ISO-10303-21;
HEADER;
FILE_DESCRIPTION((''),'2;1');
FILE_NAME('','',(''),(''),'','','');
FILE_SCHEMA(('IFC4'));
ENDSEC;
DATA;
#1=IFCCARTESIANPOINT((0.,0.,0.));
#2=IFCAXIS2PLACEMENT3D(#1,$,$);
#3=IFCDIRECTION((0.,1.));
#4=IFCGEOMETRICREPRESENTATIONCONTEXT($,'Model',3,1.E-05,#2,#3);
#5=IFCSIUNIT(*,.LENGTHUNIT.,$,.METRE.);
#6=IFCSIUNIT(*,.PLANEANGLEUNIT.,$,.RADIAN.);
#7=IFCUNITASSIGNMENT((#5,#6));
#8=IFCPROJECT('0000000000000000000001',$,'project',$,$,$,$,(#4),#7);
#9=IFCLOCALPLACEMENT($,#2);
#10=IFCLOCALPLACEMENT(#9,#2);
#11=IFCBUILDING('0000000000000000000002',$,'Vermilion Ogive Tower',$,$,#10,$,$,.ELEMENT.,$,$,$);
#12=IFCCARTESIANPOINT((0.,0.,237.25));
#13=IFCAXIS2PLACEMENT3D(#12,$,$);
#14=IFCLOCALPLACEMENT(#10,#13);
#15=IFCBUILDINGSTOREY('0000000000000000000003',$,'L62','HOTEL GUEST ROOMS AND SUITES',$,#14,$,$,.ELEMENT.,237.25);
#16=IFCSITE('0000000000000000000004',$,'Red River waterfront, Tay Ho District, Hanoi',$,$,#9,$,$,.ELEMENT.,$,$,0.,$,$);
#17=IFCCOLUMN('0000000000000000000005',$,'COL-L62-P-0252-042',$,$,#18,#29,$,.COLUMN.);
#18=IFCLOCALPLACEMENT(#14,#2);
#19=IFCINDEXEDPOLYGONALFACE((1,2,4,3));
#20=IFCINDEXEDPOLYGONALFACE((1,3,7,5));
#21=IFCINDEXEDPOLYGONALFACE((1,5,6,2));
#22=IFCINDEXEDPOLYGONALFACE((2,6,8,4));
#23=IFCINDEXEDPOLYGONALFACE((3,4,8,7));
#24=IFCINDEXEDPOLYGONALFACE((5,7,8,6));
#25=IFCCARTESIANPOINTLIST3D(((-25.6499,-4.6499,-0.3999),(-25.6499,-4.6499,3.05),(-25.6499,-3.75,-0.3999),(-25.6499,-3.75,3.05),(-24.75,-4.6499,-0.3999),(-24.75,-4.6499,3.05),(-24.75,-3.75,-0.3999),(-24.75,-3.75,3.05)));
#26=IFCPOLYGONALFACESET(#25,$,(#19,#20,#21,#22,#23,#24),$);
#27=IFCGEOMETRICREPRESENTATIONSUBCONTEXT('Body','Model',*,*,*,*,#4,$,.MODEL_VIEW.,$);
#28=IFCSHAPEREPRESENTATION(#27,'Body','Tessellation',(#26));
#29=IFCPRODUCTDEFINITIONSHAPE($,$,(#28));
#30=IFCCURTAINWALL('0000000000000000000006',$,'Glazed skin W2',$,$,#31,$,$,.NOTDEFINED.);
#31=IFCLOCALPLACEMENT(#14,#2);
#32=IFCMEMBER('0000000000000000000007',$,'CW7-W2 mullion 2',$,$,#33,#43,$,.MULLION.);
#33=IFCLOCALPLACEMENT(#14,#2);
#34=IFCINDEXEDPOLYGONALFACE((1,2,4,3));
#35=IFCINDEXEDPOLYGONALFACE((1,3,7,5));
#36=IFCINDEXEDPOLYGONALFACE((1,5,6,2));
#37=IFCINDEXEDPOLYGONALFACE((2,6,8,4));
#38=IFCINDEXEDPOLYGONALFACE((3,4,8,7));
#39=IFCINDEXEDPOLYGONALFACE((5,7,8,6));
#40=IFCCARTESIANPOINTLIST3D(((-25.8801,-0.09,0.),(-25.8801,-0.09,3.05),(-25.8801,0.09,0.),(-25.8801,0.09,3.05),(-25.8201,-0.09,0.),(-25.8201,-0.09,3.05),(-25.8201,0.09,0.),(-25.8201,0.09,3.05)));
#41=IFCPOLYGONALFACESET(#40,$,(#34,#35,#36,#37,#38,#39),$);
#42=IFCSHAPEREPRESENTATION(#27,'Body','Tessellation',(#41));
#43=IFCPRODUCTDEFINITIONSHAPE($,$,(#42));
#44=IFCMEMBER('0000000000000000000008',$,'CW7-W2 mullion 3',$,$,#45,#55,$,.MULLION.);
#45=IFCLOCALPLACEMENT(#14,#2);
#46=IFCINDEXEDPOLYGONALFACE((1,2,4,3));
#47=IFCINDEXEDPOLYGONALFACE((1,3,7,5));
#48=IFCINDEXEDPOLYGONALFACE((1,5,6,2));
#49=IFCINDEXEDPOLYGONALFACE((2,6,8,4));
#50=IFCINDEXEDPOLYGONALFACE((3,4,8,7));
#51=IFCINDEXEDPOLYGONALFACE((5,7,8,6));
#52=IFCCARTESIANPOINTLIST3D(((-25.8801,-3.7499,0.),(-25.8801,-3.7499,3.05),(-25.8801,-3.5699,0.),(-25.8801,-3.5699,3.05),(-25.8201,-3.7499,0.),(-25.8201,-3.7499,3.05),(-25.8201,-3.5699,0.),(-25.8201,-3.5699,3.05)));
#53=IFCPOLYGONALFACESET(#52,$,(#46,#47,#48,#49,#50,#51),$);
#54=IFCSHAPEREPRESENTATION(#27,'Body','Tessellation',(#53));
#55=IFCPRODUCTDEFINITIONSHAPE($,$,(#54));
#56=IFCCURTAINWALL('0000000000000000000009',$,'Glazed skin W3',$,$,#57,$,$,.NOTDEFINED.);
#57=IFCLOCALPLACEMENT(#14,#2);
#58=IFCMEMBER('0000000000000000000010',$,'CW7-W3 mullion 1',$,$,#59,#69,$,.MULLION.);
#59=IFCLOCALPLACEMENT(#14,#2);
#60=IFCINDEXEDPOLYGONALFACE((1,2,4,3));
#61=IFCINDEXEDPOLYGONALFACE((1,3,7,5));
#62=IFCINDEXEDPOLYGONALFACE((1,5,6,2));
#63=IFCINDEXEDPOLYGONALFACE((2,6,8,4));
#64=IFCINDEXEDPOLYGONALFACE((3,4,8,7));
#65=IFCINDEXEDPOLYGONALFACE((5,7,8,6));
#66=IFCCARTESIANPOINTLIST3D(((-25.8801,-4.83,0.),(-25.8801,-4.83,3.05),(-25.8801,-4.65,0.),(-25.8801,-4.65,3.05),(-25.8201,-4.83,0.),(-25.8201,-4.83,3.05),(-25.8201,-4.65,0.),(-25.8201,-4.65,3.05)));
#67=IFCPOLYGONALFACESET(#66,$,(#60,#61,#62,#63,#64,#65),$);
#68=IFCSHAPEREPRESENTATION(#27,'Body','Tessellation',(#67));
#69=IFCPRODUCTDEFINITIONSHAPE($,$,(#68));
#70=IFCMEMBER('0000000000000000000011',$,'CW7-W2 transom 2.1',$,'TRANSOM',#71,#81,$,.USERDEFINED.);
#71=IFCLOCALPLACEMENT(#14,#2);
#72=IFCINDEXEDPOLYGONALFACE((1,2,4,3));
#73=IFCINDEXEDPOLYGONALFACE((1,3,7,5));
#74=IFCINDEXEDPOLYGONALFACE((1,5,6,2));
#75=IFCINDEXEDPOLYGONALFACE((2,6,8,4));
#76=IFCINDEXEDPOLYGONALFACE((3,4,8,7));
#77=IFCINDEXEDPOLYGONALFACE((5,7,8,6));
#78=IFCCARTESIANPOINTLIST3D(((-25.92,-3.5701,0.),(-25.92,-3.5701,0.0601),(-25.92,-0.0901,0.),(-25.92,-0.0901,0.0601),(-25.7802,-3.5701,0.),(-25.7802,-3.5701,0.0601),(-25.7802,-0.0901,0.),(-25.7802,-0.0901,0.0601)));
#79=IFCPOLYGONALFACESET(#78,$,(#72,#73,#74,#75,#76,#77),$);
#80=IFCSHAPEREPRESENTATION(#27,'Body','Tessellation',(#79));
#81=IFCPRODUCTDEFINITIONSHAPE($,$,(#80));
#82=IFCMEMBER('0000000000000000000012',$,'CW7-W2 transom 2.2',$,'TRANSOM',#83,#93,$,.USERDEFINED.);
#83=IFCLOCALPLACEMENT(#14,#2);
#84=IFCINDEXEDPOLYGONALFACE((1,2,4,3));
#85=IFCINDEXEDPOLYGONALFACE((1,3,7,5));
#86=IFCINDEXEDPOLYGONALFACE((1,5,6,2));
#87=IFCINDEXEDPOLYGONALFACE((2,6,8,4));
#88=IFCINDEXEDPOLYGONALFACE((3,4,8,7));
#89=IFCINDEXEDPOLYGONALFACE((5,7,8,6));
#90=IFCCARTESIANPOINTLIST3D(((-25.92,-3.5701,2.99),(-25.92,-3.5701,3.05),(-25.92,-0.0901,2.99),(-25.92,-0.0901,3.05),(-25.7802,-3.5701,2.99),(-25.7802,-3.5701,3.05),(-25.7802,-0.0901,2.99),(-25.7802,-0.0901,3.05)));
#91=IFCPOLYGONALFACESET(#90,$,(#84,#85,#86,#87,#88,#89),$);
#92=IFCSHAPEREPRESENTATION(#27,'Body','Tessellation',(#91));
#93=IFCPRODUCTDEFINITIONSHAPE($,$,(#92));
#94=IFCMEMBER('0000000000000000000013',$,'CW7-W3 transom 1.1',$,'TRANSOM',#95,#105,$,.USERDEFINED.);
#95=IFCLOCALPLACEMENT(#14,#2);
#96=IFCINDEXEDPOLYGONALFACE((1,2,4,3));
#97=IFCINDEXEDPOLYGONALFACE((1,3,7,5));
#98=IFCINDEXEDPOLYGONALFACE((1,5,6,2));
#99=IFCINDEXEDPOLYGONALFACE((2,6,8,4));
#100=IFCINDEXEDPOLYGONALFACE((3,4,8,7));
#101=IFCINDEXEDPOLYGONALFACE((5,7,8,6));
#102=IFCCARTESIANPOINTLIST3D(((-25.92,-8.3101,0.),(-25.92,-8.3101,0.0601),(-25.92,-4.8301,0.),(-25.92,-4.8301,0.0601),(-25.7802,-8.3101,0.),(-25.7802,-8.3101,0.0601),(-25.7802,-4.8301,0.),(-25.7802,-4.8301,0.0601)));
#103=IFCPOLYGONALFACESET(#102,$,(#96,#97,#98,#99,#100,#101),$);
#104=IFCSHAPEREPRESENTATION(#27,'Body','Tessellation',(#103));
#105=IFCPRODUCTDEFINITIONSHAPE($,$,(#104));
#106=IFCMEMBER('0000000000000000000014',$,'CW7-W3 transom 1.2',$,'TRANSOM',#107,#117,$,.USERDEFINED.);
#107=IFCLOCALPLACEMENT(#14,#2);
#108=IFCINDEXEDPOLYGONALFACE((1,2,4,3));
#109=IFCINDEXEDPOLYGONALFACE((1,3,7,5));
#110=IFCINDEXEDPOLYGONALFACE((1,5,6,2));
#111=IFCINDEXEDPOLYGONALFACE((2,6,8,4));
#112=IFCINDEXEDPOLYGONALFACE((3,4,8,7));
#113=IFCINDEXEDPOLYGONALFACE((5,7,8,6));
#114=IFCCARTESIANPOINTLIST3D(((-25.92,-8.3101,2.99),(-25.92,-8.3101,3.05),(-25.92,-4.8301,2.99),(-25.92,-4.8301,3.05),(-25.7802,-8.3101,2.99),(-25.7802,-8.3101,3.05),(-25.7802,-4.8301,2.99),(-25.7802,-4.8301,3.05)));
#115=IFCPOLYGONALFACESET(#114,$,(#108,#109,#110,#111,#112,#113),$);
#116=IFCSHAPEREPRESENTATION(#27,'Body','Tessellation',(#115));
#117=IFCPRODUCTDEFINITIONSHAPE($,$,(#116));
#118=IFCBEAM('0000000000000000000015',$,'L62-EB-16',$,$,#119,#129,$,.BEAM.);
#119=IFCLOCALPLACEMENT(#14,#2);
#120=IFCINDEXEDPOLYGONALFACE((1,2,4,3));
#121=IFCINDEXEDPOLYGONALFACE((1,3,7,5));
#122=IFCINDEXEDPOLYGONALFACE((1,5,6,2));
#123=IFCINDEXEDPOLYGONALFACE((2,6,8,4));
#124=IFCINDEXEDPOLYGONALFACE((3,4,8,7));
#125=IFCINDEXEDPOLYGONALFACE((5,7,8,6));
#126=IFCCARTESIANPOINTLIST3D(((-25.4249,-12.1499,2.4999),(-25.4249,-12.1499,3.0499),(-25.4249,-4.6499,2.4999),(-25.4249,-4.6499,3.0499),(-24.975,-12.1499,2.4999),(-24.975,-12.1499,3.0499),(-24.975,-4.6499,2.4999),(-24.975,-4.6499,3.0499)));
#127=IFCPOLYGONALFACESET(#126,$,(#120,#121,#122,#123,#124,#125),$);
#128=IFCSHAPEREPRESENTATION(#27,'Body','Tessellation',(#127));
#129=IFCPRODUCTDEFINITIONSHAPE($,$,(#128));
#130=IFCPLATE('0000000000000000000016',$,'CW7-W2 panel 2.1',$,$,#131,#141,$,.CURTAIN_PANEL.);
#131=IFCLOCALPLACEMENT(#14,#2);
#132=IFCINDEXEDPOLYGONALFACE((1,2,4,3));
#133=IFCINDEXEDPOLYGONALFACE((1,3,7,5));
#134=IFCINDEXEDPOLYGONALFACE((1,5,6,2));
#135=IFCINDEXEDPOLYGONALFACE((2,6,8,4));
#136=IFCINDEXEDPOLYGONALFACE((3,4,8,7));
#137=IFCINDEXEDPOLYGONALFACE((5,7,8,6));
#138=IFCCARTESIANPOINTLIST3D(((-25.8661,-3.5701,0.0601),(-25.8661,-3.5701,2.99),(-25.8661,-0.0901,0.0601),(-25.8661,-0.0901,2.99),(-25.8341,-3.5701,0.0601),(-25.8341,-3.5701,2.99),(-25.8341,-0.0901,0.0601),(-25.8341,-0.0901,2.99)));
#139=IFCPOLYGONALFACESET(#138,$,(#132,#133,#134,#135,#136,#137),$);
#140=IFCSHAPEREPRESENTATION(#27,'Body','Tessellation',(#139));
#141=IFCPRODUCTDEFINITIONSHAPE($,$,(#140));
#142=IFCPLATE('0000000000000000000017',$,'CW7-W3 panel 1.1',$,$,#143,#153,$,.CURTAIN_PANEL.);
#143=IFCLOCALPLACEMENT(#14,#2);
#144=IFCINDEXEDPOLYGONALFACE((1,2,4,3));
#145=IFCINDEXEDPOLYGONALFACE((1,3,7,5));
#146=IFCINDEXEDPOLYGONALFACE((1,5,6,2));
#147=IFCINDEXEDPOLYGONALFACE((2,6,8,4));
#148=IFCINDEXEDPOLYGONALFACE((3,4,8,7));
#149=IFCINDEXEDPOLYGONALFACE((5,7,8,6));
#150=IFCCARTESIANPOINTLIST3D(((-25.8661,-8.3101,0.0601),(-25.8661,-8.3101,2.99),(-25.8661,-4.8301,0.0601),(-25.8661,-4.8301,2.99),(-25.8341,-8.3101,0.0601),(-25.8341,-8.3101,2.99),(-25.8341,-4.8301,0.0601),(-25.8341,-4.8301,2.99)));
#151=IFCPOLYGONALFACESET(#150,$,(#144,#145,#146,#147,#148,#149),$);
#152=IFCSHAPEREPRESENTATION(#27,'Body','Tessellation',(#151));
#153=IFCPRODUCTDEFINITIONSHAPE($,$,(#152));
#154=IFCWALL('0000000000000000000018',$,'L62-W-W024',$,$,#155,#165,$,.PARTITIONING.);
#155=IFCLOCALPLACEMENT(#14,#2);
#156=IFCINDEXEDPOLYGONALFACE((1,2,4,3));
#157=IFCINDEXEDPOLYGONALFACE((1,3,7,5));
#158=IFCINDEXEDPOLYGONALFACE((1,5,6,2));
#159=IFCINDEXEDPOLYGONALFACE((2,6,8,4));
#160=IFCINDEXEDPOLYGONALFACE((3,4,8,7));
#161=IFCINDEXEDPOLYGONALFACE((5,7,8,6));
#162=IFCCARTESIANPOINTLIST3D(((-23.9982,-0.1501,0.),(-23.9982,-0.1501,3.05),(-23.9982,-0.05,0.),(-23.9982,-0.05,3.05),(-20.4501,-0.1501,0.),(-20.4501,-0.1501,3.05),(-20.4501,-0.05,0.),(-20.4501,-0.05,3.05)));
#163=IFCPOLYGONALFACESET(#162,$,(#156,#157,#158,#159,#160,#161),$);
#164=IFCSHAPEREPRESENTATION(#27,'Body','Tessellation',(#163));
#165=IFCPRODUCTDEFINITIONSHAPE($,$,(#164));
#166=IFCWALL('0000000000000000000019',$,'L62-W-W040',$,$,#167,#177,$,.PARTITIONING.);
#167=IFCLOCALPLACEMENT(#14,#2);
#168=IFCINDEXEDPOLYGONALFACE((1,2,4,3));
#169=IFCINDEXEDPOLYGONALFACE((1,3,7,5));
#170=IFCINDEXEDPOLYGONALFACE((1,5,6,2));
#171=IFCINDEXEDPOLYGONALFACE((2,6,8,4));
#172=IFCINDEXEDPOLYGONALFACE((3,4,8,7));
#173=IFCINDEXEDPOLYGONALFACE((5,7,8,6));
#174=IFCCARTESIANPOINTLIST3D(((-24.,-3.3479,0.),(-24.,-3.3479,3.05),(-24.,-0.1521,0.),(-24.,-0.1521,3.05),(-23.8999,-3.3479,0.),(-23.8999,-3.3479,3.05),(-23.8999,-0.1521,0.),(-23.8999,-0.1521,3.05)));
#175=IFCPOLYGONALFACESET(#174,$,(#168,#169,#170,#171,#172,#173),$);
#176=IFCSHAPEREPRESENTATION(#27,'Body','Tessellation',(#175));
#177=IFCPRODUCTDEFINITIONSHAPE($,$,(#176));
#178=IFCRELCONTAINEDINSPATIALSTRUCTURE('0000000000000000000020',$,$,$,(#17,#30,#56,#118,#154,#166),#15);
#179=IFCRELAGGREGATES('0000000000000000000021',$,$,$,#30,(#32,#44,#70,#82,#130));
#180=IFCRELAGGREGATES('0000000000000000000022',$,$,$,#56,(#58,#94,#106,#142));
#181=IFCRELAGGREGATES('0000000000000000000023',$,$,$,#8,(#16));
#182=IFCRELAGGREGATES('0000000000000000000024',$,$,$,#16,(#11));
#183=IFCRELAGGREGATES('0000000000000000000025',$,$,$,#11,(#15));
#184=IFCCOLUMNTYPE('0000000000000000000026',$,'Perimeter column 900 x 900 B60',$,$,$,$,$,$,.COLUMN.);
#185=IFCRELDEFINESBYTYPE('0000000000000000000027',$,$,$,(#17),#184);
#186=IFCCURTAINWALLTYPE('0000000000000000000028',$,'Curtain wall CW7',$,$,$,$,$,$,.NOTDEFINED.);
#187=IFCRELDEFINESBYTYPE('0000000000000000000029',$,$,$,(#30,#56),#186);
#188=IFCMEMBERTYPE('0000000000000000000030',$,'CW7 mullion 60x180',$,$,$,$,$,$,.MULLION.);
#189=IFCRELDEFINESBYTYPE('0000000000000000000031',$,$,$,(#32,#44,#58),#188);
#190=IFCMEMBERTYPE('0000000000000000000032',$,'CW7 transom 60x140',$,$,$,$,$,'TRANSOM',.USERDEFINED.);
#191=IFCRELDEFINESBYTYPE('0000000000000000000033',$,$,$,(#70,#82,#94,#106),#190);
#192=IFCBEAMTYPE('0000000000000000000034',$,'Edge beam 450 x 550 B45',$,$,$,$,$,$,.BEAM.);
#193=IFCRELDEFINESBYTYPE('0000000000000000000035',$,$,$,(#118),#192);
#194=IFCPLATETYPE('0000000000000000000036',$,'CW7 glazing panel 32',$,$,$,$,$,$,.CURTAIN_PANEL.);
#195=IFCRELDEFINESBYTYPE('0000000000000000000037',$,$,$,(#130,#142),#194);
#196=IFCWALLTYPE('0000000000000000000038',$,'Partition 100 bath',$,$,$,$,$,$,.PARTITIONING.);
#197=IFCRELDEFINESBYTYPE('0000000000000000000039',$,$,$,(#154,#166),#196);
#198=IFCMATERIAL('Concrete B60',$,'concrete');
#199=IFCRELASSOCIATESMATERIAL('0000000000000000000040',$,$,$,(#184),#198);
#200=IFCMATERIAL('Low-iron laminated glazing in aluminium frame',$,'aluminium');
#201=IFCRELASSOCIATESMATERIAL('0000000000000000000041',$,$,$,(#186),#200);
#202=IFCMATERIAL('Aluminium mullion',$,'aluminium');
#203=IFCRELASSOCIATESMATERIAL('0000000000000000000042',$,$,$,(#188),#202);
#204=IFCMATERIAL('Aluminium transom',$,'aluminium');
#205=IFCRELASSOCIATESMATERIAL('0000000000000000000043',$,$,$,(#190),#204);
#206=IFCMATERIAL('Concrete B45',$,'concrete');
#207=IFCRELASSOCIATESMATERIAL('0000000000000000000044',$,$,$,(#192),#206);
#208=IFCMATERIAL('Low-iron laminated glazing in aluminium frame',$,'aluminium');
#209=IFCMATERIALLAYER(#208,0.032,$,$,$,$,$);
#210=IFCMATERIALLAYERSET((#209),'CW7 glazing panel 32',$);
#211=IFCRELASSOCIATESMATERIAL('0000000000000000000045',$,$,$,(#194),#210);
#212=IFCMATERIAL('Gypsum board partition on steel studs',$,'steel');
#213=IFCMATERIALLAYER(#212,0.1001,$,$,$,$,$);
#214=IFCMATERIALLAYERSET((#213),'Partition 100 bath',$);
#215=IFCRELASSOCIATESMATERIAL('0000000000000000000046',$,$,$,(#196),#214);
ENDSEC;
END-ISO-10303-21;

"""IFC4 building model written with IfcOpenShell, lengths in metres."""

from ifc_helpers import new_model, si_unit, direction, frame, frame_2d, origin, origin_2d, place, context, subcontext, project, spatial, rectangle, extrude, material, layer, layer_set, material_profile, profile_set, type_object, element, aggregate, save


model = new_model("IFC4")

# Units and contexts
model_context = context("Model", 3, precision=1e-05, world=origin(), true_north=direction((0.0, 1.0)))
body_context = subcontext(model_context, "Body", "Model", "MODEL_VIEW")
ifc_project = project(units=[si_unit("LENGTHUNIT", "METRE"), si_unit("PLANEANGLEUNIT", "RADIAN")], contexts=[model_context])

# Site, building, storey
site_placement = place(None, origin())
site = spatial("IfcSite", under=ifc_project, at=site_placement, Name="Red River waterfront, Tay Ho District, Hanoi", CompositionType="ELEMENT", RefElevation=0.0)
building_placement = place(site_placement, origin())
building = spatial("IfcBuilding", under=site, at=building_placement, Name="Vermilion Ogive Tower", CompositionType="ELEMENT")
storey_placement = place(building_placement, frame((0.0, 0.0, 237.25)))
storey = spatial("IfcBuildingStorey", under=building, at=storey_placement, Name="L62", Description="HOTEL GUEST ROOMS AND SUITES", CompositionType="ELEMENT", Elevation=237.25)

# Column
ifc_material_1 = material(Name="Concrete B60", Category="concrete")
ifc_material_profile_1 = material_profile(ifc_material_1, rectangle(XDim=0.8999, YDim=0.8999, at=origin_2d()), Name="900 x 900")
ifc_profile_set_1 = profile_set([ifc_material_profile_1], Name="Concrete B60")
column_type = type_object("IfcColumnType", Name="Perimeter column 900 x 900 B60", PredefinedType="COLUMN", material=ifc_profile_set_1)
column_placement = place(storey_placement, frame((-25.2, -4.2, -0.3999), z_axis=(0.0, 0.0, 1.0), x_axis=(1.0, 0.0, 0.0)))
element("IfcColumn", 1, at=column_placement, inside=storey, type_object=column_type, Name="COL-L62-P-0252-042", PredefinedType="COLUMN", context=body_context, shape_type="SweptSolid", body=[
    extrude(rectangle(XDim=0.8999, YDim=0.8999, at=origin_2d()), origin(), (0.0, 0.0, 1.0), 3.45),
])

# Curtain wall, members
ifc_material_2 = material(Name="Low-iron laminated glazing in aluminium frame", Category="aluminium")
curtain_wall_type = type_object("IfcCurtainWallType", Name="Curtain wall CW7", PredefinedType="NOTDEFINED", material=ifc_material_2)
curtain_wall_1_placement = place(storey_placement, origin())
curtain_wall_1 = element("IfcCurtainWall", 2, at=curtain_wall_1_placement, inside=storey, type_object=curtain_wall_type, Name="Glazed skin W2", PredefinedType="NOTDEFINED")
ifc_material_3 = material(Name="Aluminium mullion", Category="aluminium")
ifc_material_profile_2 = material_profile(ifc_material_3, rectangle(XDim=0.0601, YDim=0.1799, at=origin_2d()), Name="AL 60x180")
ifc_profile_set_2 = profile_set([ifc_material_profile_2], Name="Aluminium mullion")
member_type_1 = type_object("IfcMemberType", Name="CW7 mullion 60x180", PredefinedType="MULLION", material=ifc_profile_set_2)
member_1_placement = place(storey_placement, frame((-25.8501, 0.0, 0.0), z_axis=(0.0, 0.0, 1.0), x_axis=(1.0, 0.0, 0.0)))
member_1 = element("IfcMember", 3, at=member_1_placement, type_object=member_type_1, Name="CW7-W2 mullion 2", PredefinedType="MULLION", context=body_context, shape_type="SweptSolid", body=[
    extrude(rectangle(XDim=0.0601, YDim=0.1799, at=origin_2d()), origin(), (0.0, 0.0, 1.0), 3.05),
])
member_2_placement = place(storey_placement, frame((-25.8501, -3.6599, 0.0), z_axis=(0.0, 0.0, 1.0), x_axis=(1.0, 0.0, 0.0)))
member_2 = element("IfcMember", 4, at=member_2_placement, type_object=member_type_1, Name="CW7-W2 mullion 3", PredefinedType="MULLION", context=body_context, shape_type="SweptSolid", body=[
    extrude(rectangle(XDim=0.0601, YDim=0.1799, at=origin_2d()), origin(), (0.0, 0.0, 1.0), 3.05),
])

# Curtain wall, member
curtain_wall_2_placement = place(storey_placement, origin())
curtain_wall_2 = element("IfcCurtainWall", 5, at=curtain_wall_2_placement, inside=storey, type_object=curtain_wall_type, Name="Glazed skin W3", PredefinedType="NOTDEFINED")
member_3_placement = place(storey_placement, frame((-25.8501, -4.74, 0.0), z_axis=(0.0, 0.0, 1.0), x_axis=(1.0, 0.0, 0.0)))
member_3 = element("IfcMember", 6, at=member_3_placement, type_object=member_type_1, Name="CW7-W3 mullion 1", PredefinedType="MULLION", context=body_context, shape_type="SweptSolid", body=[
    extrude(rectangle(XDim=0.0601, YDim=0.1799, at=origin_2d()), origin(), (0.0, 0.0, 1.0), 3.05),
])

# Members
ifc_material_4 = material(Name="Aluminium transom", Category="aluminium")
ifc_material_profile_3 = material_profile(ifc_material_4, rectangle(XDim=0.1399, YDim=0.0601, at=origin_2d()), Name="AL 60x140")
ifc_profile_set_3 = profile_set([ifc_material_profile_3], Name="Aluminium transom")
member_type_2 = type_object("IfcMemberType", Name="CW7 transom 60x140", ElementType="TRANSOM", PredefinedType="USERDEFINED", material=ifc_profile_set_3)
member_4_placement = place(storey_placement, frame((-25.8501, -0.0901, 0.03), z_axis=(0.0, -1.0, 0.0), x_axis=(1.0, 0.0, 0.0)))
member_4 = element("IfcMember", 7, at=member_4_placement, type_object=member_type_2, Name="CW7-W2 transom 2.1", ObjectType="TRANSOM", PredefinedType="USERDEFINED", context=body_context, shape_type="SweptSolid", body=[
    extrude(rectangle(XDim=0.1399, YDim=0.0601, at=origin_2d()), origin(), (0.0, 0.0, 1.0), 3.48),
])
member_5_placement = place(storey_placement, frame((-25.8501, -0.0901, 3.02), z_axis=(0.0, -1.0, 0.0), x_axis=(1.0, 0.0, 0.0)))
member_5 = element("IfcMember", 8, at=member_5_placement, type_object=member_type_2, Name="CW7-W2 transom 2.2", ObjectType="TRANSOM", PredefinedType="USERDEFINED", context=body_context, shape_type="SweptSolid", body=[
    extrude(rectangle(XDim=0.1399, YDim=0.0601, at=origin_2d()), origin(), (0.0, 0.0, 1.0), 3.48),
])
member_6_placement = place(storey_placement, frame((-25.8501, -4.8301, 0.03), z_axis=(0.0, -1.0, 0.0), x_axis=(1.0, 0.0, 0.0)))
member_6 = element("IfcMember", 9, at=member_6_placement, type_object=member_type_2, Name="CW7-W3 transom 1.1", ObjectType="TRANSOM", PredefinedType="USERDEFINED", context=body_context, shape_type="SweptSolid", body=[
    extrude(rectangle(XDim=0.1399, YDim=0.0601, at=origin_2d()), origin(), (0.0, 0.0, 1.0), 3.48),
])
member_7_placement = place(storey_placement, frame((-25.8501, -4.8301, 3.02), z_axis=(0.0, -1.0, 0.0), x_axis=(1.0, 0.0, 0.0)))
member_7 = element("IfcMember", 10, at=member_7_placement, type_object=member_type_2, Name="CW7-W3 transom 1.2", ObjectType="TRANSOM", PredefinedType="USERDEFINED", context=body_context, shape_type="SweptSolid", body=[
    extrude(rectangle(XDim=0.1399, YDim=0.0601, at=origin_2d()), origin(), (0.0, 0.0, 1.0), 3.48),
])

# Beam
ifc_material_5 = material(Name="Concrete B45", Category="concrete")
ifc_material_profile_4 = material_profile(ifc_material_5, rectangle(XDim=0.45, YDim=0.55, at=origin_2d()), Name="450 x 550")
ifc_profile_set_4 = profile_set([ifc_material_profile_4], Name="Concrete B45")
beam_type = type_object("IfcBeamType", Name="Edge beam 450 x 550 B45", PredefinedType="BEAM", material=ifc_profile_set_4)
beam_placement = place(storey_placement, frame((-25.2, -4.6499, 2.7749), z_axis=(0.0, -1.0, 0.0), x_axis=(1.0, 0.0, 0.0)))
element("IfcBeam", 11, at=beam_placement, inside=storey, type_object=beam_type, Name="L62-EB-16", PredefinedType="BEAM", context=body_context, shape_type="SweptSolid", body=[
    extrude(rectangle(XDim=0.45, YDim=0.55, at=origin_2d()), origin(), (0.0, 0.0, 1.0), 7.5),
])

# Plates
ifc_material_6 = material(Name="Low-iron laminated glazing in aluminium frame", Category="aluminium")
ifc_layer_1 = layer(ifc_material_6, 0.032)
ifc_layer_set_1 = layer_set([ifc_layer_1], Name="CW7 glazing panel 32")
plate_type = type_object("IfcPlateType", Name="CW7 glazing panel 32", PredefinedType="CURTAIN_PANEL", material=ifc_layer_set_1)
plate_1_placement = place(storey_placement, frame((-25.8501, -1.8301, 0.0601), z_axis=(0.0, 0.0, 1.0), x_axis=(0.0, -1.0, 0.0)))
plate_1 = element("IfcPlate", 12, at=plate_1_placement, type_object=plate_type, Name="CW7-W2 panel 2.1", PredefinedType="CURTAIN_PANEL", context=body_context, shape_type="SweptSolid", body=[
    extrude(rectangle(XDim=3.48, YDim=0.032, at=origin_2d()), origin(), (0.0, 0.0, 1.0), 2.9299),
])
aggregate(curtain_wall_1, [member_1, member_2, member_4, member_5, plate_1])
plate_2_placement = place(storey_placement, frame((-25.8501, -6.5701, 0.0601), z_axis=(0.0, 0.0, 1.0), x_axis=(0.0, -1.0, 0.0)))
plate_2 = element("IfcPlate", 13, at=plate_2_placement, type_object=plate_type, Name="CW7-W3 panel 1.1", PredefinedType="CURTAIN_PANEL", context=body_context, shape_type="SweptSolid", body=[
    extrude(rectangle(XDim=3.48, YDim=0.032, at=origin_2d()), origin(), (0.0, 0.0, 1.0), 2.9299),
])
aggregate(curtain_wall_2, [member_3, member_6, member_7, plate_2])

# Walls
ifc_material_7 = material(Name="Gypsum board partition on steel studs", Category="steel")
ifc_layer_2 = layer(ifc_material_7, 0.1001)
ifc_layer_set_2 = layer_set([ifc_layer_2], Name="Partition 100 bath")
wall_type_1 = type_object("IfcWallType", Name="Partition 100 bath", PredefinedType="PARTITIONING", material=ifc_layer_set_2)
wall_1_placement = place(storey_placement, frame((-23.998, -0.1001, 0.0), z_axis=(0.0, 0.0, 1.0), x_axis=(1.0, 0.0, 0.0)))
element("IfcWall", 14, at=wall_1_placement, inside=storey, type_object=wall_type_1, Name="L62-W-W024", PredefinedType="PARTITIONING", context=body_context, shape_type="SweptSolid", body=[
    extrude(rectangle(XDim=3.5481, YDim=0.1001, at=frame_2d((1.7739, 0.0))), origin(), (0.0, 0.0, 1.0), 3.05),
])
wall_2_placement = place(storey_placement, frame((-23.95, -3.3479, 0.0), z_axis=(0.0, 0.0, 1.0), x_axis=(0.0, 1.0, 0.0)))
element("IfcWall", 15, at=wall_2_placement, inside=storey, type_object=wall_type_1, Name="L62-W-W040", PredefinedType="PARTITIONING", context=body_context, shape_type="SweptSolid", body=[
    extrude(rectangle(XDim=3.1958, YDim=0.1001, at=frame_2d((1.5979, 0.0))), origin(), (0.0, 0.0, 1.0), 3.05),
])

save(model, "model.ifc")
